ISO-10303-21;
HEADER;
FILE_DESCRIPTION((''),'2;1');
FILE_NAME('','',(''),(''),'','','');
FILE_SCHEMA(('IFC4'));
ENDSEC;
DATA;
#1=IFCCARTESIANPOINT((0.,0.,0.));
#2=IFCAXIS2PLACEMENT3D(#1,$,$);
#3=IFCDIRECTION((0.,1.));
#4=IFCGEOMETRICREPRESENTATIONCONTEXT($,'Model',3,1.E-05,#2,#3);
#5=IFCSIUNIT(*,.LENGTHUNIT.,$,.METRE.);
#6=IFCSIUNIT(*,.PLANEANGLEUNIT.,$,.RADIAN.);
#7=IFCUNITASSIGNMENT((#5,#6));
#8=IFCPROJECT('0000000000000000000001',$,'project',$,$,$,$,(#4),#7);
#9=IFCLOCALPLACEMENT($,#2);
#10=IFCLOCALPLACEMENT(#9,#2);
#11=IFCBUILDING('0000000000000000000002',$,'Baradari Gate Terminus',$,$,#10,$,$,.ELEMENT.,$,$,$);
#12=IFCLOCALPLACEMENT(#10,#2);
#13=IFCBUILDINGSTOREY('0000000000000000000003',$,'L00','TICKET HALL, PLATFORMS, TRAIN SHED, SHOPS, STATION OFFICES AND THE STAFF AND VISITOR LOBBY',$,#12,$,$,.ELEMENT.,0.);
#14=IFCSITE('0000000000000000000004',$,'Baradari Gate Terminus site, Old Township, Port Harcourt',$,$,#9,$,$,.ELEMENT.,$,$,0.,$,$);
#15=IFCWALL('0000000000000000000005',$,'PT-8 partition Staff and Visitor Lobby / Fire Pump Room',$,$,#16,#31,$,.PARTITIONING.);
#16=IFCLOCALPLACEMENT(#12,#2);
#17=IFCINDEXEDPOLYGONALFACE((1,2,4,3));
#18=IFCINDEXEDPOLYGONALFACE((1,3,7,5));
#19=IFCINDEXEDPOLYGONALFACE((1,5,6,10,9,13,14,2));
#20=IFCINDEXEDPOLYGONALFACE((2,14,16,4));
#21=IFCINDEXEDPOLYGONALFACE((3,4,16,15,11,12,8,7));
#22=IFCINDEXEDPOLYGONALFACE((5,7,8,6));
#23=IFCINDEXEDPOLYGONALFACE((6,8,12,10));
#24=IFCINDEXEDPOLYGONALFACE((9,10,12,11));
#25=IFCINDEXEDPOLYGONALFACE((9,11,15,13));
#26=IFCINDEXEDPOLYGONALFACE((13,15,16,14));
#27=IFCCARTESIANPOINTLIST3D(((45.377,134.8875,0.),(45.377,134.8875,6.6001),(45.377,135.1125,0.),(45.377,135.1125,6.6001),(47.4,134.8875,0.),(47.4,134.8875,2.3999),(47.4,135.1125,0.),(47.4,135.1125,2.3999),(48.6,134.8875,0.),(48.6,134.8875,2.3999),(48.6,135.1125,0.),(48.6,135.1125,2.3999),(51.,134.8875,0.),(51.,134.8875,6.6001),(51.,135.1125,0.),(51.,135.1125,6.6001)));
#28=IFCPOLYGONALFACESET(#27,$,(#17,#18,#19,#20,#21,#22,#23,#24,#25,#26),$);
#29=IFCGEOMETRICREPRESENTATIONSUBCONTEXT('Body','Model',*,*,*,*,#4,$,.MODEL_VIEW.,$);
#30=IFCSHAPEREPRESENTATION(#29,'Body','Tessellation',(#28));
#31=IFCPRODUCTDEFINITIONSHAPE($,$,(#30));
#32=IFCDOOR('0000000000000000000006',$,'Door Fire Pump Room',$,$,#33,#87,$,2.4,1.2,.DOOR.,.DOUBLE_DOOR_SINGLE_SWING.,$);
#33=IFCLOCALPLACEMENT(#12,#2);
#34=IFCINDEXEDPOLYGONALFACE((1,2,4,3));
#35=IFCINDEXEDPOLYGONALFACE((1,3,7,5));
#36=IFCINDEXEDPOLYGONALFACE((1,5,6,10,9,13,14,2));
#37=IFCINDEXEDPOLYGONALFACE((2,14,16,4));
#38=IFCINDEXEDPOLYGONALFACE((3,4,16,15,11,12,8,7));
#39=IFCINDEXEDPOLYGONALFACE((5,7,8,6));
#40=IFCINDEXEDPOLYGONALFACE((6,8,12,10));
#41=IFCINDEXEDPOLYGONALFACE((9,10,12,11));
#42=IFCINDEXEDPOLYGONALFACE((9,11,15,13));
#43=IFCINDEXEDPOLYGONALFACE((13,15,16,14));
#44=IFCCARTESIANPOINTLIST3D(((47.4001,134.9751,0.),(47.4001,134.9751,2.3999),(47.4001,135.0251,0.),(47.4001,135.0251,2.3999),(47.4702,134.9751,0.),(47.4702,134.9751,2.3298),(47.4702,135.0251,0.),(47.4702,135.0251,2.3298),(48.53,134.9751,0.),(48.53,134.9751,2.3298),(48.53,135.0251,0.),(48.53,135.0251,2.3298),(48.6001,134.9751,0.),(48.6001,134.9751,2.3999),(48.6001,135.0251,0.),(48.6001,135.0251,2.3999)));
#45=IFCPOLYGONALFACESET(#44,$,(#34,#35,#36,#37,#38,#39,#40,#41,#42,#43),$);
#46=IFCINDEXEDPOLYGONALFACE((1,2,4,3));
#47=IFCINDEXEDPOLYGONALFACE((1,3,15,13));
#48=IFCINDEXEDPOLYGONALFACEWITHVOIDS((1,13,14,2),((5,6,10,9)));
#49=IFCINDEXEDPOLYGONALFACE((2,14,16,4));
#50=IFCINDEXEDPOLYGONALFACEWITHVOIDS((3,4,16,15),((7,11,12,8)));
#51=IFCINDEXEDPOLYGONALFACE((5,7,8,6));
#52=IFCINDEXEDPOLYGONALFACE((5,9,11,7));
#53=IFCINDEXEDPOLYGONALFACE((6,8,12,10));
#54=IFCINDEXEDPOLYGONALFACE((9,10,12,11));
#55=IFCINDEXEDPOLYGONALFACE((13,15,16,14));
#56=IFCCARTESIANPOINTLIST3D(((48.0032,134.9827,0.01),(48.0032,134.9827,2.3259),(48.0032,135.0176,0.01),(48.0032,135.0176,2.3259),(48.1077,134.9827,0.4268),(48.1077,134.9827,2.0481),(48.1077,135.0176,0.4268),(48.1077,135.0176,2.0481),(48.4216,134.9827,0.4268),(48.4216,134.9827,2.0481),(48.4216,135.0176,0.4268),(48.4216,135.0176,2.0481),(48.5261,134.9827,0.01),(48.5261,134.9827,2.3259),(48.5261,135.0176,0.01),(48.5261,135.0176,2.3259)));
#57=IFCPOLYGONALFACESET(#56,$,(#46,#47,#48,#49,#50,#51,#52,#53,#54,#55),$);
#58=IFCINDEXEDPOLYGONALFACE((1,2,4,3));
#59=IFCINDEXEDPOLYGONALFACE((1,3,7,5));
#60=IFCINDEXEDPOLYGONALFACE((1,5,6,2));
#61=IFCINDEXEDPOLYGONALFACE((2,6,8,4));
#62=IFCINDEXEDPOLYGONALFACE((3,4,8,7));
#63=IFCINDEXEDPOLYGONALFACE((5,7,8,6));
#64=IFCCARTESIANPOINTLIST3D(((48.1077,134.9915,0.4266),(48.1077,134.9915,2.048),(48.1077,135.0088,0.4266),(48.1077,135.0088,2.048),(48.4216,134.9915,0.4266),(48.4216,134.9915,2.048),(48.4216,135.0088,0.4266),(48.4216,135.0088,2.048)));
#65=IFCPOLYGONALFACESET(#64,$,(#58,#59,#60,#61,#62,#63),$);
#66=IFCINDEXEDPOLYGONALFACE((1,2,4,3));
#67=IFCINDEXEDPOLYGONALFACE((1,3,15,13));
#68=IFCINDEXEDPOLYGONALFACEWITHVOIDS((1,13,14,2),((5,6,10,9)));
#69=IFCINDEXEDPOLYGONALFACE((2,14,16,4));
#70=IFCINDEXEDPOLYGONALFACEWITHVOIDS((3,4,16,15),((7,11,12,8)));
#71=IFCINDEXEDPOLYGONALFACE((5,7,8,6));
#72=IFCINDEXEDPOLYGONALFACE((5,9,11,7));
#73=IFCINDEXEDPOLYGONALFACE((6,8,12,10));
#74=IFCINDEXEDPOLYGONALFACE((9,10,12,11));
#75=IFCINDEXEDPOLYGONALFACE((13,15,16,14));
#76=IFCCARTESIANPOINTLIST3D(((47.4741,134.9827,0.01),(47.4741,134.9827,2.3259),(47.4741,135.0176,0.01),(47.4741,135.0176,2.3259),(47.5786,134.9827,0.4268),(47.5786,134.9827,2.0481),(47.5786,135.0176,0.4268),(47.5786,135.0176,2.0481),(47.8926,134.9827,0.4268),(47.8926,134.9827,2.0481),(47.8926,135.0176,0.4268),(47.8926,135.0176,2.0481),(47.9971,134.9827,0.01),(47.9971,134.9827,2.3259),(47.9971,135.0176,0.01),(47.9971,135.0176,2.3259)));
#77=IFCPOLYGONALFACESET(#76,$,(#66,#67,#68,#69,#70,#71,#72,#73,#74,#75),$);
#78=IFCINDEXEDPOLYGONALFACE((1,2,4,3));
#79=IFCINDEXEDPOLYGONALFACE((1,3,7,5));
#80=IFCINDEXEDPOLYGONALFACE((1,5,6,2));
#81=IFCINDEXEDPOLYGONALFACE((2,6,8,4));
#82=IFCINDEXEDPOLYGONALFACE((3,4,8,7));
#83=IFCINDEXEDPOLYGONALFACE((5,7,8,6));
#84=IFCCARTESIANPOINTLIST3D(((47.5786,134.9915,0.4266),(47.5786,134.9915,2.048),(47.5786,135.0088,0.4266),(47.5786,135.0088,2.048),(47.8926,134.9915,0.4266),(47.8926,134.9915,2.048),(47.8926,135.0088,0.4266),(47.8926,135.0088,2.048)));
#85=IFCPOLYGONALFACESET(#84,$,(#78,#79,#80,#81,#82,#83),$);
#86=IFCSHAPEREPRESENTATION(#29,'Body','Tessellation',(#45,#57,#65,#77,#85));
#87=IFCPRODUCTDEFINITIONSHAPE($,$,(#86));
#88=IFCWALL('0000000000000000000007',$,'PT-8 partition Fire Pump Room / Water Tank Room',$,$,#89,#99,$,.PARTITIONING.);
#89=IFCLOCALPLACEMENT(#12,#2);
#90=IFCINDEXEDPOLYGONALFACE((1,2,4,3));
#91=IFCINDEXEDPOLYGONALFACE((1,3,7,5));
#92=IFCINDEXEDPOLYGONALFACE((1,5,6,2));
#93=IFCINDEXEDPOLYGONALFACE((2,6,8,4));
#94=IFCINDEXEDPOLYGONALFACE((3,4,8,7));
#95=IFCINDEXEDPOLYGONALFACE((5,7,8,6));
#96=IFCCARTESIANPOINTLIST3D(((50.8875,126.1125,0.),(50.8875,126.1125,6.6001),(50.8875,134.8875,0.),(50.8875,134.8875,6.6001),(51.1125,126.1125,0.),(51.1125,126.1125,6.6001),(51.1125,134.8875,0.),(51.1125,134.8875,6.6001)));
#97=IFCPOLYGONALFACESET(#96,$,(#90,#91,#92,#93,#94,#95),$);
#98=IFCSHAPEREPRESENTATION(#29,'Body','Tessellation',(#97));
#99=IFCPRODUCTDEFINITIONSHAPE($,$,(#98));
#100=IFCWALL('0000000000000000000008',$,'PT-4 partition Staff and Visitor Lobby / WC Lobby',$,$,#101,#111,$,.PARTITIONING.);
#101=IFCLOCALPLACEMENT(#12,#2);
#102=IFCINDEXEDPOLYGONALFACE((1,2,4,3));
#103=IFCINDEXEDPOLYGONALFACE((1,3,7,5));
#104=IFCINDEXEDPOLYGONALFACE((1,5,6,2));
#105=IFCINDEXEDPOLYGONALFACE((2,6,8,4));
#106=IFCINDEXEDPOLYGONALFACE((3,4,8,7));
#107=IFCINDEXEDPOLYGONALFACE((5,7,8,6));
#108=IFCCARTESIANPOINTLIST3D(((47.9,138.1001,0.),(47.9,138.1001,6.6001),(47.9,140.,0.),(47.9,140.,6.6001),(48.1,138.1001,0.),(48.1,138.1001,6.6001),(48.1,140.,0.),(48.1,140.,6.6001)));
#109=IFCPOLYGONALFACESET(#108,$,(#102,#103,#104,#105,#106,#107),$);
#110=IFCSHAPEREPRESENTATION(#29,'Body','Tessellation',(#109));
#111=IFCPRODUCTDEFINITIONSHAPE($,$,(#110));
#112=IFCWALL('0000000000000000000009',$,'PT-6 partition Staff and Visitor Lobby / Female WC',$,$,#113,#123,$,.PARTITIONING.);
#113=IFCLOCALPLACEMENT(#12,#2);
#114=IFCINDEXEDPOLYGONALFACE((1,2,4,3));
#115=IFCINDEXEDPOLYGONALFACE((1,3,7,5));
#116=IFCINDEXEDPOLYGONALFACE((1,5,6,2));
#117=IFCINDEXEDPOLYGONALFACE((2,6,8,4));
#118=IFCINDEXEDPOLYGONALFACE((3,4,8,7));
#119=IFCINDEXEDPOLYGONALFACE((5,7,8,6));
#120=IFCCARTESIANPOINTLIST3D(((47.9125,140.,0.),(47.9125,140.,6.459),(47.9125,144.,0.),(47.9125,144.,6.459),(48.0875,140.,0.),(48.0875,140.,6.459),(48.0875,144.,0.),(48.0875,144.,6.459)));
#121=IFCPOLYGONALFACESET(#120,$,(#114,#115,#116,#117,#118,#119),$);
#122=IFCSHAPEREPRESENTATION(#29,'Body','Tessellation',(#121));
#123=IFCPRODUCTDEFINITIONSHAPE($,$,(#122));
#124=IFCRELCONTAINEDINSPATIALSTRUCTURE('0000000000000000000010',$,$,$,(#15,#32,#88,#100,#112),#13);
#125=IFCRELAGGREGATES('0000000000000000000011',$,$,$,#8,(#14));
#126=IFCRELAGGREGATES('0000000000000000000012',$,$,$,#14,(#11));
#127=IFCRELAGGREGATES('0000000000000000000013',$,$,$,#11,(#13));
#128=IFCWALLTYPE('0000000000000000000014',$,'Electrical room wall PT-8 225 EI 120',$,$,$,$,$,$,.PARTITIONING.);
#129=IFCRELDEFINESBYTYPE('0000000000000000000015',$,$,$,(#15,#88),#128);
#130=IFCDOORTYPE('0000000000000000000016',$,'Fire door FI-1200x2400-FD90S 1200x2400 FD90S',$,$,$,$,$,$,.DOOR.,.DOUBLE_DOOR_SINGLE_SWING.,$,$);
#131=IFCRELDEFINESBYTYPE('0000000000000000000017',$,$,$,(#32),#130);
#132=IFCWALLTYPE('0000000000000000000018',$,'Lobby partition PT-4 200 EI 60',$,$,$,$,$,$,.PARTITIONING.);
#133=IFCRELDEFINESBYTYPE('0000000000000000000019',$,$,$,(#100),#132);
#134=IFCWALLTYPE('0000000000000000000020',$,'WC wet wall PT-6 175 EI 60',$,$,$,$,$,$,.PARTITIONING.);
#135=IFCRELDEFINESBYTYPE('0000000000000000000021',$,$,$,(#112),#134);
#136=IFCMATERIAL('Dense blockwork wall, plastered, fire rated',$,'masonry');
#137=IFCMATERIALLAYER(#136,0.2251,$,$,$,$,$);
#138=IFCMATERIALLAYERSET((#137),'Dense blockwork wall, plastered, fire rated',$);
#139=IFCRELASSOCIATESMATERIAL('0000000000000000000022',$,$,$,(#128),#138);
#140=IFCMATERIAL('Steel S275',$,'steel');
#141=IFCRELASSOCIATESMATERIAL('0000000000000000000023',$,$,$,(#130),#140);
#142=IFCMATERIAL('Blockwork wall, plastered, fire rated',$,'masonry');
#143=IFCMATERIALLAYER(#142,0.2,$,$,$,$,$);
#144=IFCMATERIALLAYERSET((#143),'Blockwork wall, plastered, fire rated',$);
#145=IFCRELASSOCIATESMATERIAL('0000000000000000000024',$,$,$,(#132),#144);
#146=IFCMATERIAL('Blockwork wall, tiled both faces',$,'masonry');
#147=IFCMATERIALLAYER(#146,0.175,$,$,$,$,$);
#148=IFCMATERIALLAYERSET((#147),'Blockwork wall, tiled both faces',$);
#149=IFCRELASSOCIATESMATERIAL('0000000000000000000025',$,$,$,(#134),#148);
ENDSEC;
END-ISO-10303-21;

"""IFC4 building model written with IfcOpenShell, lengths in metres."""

from ifc_helpers import new_model, si_unit, direction, frame, frame_2d, origin, place, context, subcontext, project, spatial, polyline, rectangle, outline, extrude, material, layer, layer_set, type_object, element, fill, save


model = new_model("IFC4")

# Units and contexts
model_context = context("Model", 3, precision=1e-05, world=origin(), true_north=direction((0.0, 1.0)))
body_context = subcontext(model_context, "Body", "Model", "MODEL_VIEW")
ifc_project = project(units=[si_unit("LENGTHUNIT", "METRE"), si_unit("PLANEANGLEUNIT", "RADIAN")], contexts=[model_context])

# Site, building, storey
site_placement = place(None, origin())
site = spatial("IfcSite", under=ifc_project, at=site_placement, Name="Baradari Gate Terminus site, Old Township, Port Harcourt", CompositionType="ELEMENT", RefElevation=0.0)
building_placement = place(site_placement, origin())
building = spatial("IfcBuilding", under=site, at=building_placement, Name="Baradari Gate Terminus", CompositionType="ELEMENT")
storey_placement = place(building_placement, origin())
storey = spatial("IfcBuildingStorey", under=building, at=storey_placement, Name="L00", Description="TICKET HALL, PLATFORMS, TRAIN SHED, SHOPS, STATION OFFICES AND THE STAFF AND VISITOR LOBBY", CompositionType="ELEMENT", Elevation=0.0)

# Wall, opening, door
ifc_material_1 = material(Name="Dense blockwork wall, plastered, fire rated", Category="masonry")
ifc_layer_1 = layer(ifc_material_1, 0.2251)
ifc_layer_set_1 = layer_set([ifc_layer_1], Name="Dense blockwork wall, plastered, fire rated")
wall_type_1 = type_object("IfcWallType", Name="Electrical room wall PT-8 225 EI 120", PredefinedType="PARTITIONING", material=ifc_layer_set_1)
wall_1_placement = place(storey_placement, frame((51.0, 135.0, 0.0), z_axis=(0.0, 0.0, 1.0), x_axis=(-1.0, 0.0, 0.0)))
wall_1 = element("IfcWall", 1, at=wall_1_placement, inside=storey, type_object=wall_type_1, Name="PT-8 partition Staff and Visitor Lobby / Fire Pump Room", PredefinedType="PARTITIONING", context=body_context, shape_type="SweptSolid", body=[
    extrude(rectangle(XDim=5.623, YDim=0.2251, at=frame_2d((2.8115, 0.0))), origin(), (0.0, 0.0, 1.0), 6.6001),
])
opening_1_placement = place(wall_1_placement, frame((2.3999, 0.0, 0.0)))
opening_1 = element("IfcOpeningElement", 2, at=opening_1_placement, cuts=wall_1, PredefinedType="OPENING", context=body_context, shape_type="SweptSolid", body=[
    extrude(rectangle(XDim=1.2, YDim=2.3999, at=frame_2d((0.6001, 1.2))), frame((0.0, 0.1226, 0.0), z_axis=(0.0, -1.0, 0.0), x_axis=(1.0, 0.0, 0.0)), (0.0, 0.0, 1.0), 0.2451),
])
ifc_material_2 = material(Name="Steel S275", Category="steel")
door_type_1 = type_object("IfcDoorType", Name="Fire door FI-1200x2400-FD90S 1200x2400 FD90S", OperationType="DOUBLE_DOOR_SINGLE_SWING", PredefinedType="DOOR", material=ifc_material_2)
door_1_placement = place(opening_1_placement, origin())
door_1 = element("IfcDoor", 3, at=door_1_placement, inside=storey, type_object=door_type_1, Name="Door Fire Pump Room", OperationType="DOUBLE_DOOR_SINGLE_SWING", OverallHeight=2.4, OverallWidth=1.2, PredefinedType="DOOR", context=body_context, shape_type="SweptSolid", body=[
    extrude(outline(polyline([(0.0, 0.0), (0.0701, 0.0), (0.0701, 2.3298), (1.1299, 2.3298), (1.1299, 0.0), (1.2, 0.0), (1.2, 2.3999), (0.0, 2.3999), (0.0, 0.0)])), frame((0.0, 0.0249, 0.0), z_axis=(0.0, -1.0, 0.0), x_axis=(1.0, 0.0, 0.0)), (0.0, 0.0, 1.0), 0.05),
    extrude(outline(polyline([(0.074, 0.01), (0.5969, 0.01), (0.5969, 2.3259), (0.074, 2.3259), (0.074, 0.01)]), holes=[polyline([(0.1785, 0.4268), (0.4924, 0.4268), (0.4924, 2.0481), (0.1785, 2.0481), (0.1785, 0.4268)])]), frame((0.0, 0.0173, 0.0), z_axis=(0.0, -1.0, 0.0), x_axis=(1.0, 0.0, 0.0)), (0.0, 0.0, 1.0), 0.0349),
    extrude(rectangle(XDim=0.314, YDim=1.6213, at=frame_2d((0.3354, 1.2373))), frame((0.0, 0.0085, 0.0), z_axis=(0.0, -1.0, 0.0), x_axis=(1.0, 0.0, 0.0)), (0.0, 0.0, 1.0), 0.0173),
    extrude(outline(polyline([(0.603, 0.01), (1.126, 0.01), (1.126, 2.3259), (0.603, 2.3259), (0.603, 0.01)]), holes=[polyline([(0.7075, 0.4268), (1.0215, 0.4268), (1.0215, 2.0481), (0.7075, 2.0481), (0.7075, 0.4268)])]), frame((0.0, 0.0173, 0.0), z_axis=(0.0, -1.0, 0.0), x_axis=(1.0, 0.0, 0.0)), (0.0, 0.0, 1.0), 0.0349),
    extrude(rectangle(XDim=0.314, YDim=1.6213, at=frame_2d((0.8645, 1.2373))), frame((0.0, 0.0085, 0.0), z_axis=(0.0, -1.0, 0.0), x_axis=(1.0, 0.0, 0.0)), (0.0, 0.0, 1.0), 0.0173),
])
fill(opening_1, door_1)

# Walls
wall_2_placement = place(storey_placement, frame((51.0, 134.8875, 0.0), z_axis=(0.0, 0.0, 1.0), x_axis=(0.0, -1.0, 0.0)))
element("IfcWall", 4, at=wall_2_placement, inside=storey, type_object=wall_type_1, Name="PT-8 partition Fire Pump Room / Water Tank Room", PredefinedType="PARTITIONING", context=body_context, shape_type="SweptSolid", body=[
    extrude(rectangle(XDim=8.7749, YDim=0.2251, at=frame_2d((4.3875, 0.0))), origin(), (0.0, 0.0, 1.0), 6.6001),
])
ifc_material_3 = material(Name="Blockwork wall, plastered, fire rated", Category="masonry")
ifc_layer_2 = layer(ifc_material_3, 0.2)
ifc_layer_set_2 = layer_set([ifc_layer_2], Name="Blockwork wall, plastered, fire rated")
wall_type_2 = type_object("IfcWallType", Name="Lobby partition PT-4 200 EI 60", PredefinedType="PARTITIONING", material=ifc_layer_set_2)
wall_3_placement = place(storey_placement, frame((48.0, 138.1001, 0.0), z_axis=(0.0, 0.0, 1.0), x_axis=(0.0, 1.0, 0.0)))
element("IfcWall", 5, at=wall_3_placement, inside=storey, type_object=wall_type_2, Name="PT-4 partition Staff and Visitor Lobby / WC Lobby", PredefinedType="PARTITIONING", context=body_context, shape_type="SweptSolid", body=[
    extrude(rectangle(XDim=1.8999, YDim=0.2, at=frame_2d((0.95, 0.0))), origin(), (0.0, 0.0, 1.0), 6.6001),
])
ifc_material_4 = material(Name="Blockwork wall, tiled both faces", Category="masonry")
ifc_layer_3 = layer(ifc_material_4, 0.175)
ifc_layer_set_3 = layer_set([ifc_layer_3], Name="Blockwork wall, tiled both faces")
wall_type_3 = type_object("IfcWallType", Name="WC wet wall PT-6 175 EI 60", PredefinedType="PARTITIONING", material=ifc_layer_set_3)
wall_4_placement = place(storey_placement, frame((48.0, 140.0, 0.0), z_axis=(0.0, 0.0, 1.0), x_axis=(0.0, 1.0, 0.0)))
element("IfcWall", 6, at=wall_4_placement, inside=storey, type_object=wall_type_3, Name="PT-6 partition Staff and Visitor Lobby / Female WC", PredefinedType="PARTITIONING", context=body_context, shape_type="SweptSolid", body=[
    extrude(rectangle(XDim=4.0, YDim=0.175, at=frame_2d((2.0, 0.0))), origin(), (0.0, 0.0, 1.0), 6.459),
])

save(model, "model.ifc")
